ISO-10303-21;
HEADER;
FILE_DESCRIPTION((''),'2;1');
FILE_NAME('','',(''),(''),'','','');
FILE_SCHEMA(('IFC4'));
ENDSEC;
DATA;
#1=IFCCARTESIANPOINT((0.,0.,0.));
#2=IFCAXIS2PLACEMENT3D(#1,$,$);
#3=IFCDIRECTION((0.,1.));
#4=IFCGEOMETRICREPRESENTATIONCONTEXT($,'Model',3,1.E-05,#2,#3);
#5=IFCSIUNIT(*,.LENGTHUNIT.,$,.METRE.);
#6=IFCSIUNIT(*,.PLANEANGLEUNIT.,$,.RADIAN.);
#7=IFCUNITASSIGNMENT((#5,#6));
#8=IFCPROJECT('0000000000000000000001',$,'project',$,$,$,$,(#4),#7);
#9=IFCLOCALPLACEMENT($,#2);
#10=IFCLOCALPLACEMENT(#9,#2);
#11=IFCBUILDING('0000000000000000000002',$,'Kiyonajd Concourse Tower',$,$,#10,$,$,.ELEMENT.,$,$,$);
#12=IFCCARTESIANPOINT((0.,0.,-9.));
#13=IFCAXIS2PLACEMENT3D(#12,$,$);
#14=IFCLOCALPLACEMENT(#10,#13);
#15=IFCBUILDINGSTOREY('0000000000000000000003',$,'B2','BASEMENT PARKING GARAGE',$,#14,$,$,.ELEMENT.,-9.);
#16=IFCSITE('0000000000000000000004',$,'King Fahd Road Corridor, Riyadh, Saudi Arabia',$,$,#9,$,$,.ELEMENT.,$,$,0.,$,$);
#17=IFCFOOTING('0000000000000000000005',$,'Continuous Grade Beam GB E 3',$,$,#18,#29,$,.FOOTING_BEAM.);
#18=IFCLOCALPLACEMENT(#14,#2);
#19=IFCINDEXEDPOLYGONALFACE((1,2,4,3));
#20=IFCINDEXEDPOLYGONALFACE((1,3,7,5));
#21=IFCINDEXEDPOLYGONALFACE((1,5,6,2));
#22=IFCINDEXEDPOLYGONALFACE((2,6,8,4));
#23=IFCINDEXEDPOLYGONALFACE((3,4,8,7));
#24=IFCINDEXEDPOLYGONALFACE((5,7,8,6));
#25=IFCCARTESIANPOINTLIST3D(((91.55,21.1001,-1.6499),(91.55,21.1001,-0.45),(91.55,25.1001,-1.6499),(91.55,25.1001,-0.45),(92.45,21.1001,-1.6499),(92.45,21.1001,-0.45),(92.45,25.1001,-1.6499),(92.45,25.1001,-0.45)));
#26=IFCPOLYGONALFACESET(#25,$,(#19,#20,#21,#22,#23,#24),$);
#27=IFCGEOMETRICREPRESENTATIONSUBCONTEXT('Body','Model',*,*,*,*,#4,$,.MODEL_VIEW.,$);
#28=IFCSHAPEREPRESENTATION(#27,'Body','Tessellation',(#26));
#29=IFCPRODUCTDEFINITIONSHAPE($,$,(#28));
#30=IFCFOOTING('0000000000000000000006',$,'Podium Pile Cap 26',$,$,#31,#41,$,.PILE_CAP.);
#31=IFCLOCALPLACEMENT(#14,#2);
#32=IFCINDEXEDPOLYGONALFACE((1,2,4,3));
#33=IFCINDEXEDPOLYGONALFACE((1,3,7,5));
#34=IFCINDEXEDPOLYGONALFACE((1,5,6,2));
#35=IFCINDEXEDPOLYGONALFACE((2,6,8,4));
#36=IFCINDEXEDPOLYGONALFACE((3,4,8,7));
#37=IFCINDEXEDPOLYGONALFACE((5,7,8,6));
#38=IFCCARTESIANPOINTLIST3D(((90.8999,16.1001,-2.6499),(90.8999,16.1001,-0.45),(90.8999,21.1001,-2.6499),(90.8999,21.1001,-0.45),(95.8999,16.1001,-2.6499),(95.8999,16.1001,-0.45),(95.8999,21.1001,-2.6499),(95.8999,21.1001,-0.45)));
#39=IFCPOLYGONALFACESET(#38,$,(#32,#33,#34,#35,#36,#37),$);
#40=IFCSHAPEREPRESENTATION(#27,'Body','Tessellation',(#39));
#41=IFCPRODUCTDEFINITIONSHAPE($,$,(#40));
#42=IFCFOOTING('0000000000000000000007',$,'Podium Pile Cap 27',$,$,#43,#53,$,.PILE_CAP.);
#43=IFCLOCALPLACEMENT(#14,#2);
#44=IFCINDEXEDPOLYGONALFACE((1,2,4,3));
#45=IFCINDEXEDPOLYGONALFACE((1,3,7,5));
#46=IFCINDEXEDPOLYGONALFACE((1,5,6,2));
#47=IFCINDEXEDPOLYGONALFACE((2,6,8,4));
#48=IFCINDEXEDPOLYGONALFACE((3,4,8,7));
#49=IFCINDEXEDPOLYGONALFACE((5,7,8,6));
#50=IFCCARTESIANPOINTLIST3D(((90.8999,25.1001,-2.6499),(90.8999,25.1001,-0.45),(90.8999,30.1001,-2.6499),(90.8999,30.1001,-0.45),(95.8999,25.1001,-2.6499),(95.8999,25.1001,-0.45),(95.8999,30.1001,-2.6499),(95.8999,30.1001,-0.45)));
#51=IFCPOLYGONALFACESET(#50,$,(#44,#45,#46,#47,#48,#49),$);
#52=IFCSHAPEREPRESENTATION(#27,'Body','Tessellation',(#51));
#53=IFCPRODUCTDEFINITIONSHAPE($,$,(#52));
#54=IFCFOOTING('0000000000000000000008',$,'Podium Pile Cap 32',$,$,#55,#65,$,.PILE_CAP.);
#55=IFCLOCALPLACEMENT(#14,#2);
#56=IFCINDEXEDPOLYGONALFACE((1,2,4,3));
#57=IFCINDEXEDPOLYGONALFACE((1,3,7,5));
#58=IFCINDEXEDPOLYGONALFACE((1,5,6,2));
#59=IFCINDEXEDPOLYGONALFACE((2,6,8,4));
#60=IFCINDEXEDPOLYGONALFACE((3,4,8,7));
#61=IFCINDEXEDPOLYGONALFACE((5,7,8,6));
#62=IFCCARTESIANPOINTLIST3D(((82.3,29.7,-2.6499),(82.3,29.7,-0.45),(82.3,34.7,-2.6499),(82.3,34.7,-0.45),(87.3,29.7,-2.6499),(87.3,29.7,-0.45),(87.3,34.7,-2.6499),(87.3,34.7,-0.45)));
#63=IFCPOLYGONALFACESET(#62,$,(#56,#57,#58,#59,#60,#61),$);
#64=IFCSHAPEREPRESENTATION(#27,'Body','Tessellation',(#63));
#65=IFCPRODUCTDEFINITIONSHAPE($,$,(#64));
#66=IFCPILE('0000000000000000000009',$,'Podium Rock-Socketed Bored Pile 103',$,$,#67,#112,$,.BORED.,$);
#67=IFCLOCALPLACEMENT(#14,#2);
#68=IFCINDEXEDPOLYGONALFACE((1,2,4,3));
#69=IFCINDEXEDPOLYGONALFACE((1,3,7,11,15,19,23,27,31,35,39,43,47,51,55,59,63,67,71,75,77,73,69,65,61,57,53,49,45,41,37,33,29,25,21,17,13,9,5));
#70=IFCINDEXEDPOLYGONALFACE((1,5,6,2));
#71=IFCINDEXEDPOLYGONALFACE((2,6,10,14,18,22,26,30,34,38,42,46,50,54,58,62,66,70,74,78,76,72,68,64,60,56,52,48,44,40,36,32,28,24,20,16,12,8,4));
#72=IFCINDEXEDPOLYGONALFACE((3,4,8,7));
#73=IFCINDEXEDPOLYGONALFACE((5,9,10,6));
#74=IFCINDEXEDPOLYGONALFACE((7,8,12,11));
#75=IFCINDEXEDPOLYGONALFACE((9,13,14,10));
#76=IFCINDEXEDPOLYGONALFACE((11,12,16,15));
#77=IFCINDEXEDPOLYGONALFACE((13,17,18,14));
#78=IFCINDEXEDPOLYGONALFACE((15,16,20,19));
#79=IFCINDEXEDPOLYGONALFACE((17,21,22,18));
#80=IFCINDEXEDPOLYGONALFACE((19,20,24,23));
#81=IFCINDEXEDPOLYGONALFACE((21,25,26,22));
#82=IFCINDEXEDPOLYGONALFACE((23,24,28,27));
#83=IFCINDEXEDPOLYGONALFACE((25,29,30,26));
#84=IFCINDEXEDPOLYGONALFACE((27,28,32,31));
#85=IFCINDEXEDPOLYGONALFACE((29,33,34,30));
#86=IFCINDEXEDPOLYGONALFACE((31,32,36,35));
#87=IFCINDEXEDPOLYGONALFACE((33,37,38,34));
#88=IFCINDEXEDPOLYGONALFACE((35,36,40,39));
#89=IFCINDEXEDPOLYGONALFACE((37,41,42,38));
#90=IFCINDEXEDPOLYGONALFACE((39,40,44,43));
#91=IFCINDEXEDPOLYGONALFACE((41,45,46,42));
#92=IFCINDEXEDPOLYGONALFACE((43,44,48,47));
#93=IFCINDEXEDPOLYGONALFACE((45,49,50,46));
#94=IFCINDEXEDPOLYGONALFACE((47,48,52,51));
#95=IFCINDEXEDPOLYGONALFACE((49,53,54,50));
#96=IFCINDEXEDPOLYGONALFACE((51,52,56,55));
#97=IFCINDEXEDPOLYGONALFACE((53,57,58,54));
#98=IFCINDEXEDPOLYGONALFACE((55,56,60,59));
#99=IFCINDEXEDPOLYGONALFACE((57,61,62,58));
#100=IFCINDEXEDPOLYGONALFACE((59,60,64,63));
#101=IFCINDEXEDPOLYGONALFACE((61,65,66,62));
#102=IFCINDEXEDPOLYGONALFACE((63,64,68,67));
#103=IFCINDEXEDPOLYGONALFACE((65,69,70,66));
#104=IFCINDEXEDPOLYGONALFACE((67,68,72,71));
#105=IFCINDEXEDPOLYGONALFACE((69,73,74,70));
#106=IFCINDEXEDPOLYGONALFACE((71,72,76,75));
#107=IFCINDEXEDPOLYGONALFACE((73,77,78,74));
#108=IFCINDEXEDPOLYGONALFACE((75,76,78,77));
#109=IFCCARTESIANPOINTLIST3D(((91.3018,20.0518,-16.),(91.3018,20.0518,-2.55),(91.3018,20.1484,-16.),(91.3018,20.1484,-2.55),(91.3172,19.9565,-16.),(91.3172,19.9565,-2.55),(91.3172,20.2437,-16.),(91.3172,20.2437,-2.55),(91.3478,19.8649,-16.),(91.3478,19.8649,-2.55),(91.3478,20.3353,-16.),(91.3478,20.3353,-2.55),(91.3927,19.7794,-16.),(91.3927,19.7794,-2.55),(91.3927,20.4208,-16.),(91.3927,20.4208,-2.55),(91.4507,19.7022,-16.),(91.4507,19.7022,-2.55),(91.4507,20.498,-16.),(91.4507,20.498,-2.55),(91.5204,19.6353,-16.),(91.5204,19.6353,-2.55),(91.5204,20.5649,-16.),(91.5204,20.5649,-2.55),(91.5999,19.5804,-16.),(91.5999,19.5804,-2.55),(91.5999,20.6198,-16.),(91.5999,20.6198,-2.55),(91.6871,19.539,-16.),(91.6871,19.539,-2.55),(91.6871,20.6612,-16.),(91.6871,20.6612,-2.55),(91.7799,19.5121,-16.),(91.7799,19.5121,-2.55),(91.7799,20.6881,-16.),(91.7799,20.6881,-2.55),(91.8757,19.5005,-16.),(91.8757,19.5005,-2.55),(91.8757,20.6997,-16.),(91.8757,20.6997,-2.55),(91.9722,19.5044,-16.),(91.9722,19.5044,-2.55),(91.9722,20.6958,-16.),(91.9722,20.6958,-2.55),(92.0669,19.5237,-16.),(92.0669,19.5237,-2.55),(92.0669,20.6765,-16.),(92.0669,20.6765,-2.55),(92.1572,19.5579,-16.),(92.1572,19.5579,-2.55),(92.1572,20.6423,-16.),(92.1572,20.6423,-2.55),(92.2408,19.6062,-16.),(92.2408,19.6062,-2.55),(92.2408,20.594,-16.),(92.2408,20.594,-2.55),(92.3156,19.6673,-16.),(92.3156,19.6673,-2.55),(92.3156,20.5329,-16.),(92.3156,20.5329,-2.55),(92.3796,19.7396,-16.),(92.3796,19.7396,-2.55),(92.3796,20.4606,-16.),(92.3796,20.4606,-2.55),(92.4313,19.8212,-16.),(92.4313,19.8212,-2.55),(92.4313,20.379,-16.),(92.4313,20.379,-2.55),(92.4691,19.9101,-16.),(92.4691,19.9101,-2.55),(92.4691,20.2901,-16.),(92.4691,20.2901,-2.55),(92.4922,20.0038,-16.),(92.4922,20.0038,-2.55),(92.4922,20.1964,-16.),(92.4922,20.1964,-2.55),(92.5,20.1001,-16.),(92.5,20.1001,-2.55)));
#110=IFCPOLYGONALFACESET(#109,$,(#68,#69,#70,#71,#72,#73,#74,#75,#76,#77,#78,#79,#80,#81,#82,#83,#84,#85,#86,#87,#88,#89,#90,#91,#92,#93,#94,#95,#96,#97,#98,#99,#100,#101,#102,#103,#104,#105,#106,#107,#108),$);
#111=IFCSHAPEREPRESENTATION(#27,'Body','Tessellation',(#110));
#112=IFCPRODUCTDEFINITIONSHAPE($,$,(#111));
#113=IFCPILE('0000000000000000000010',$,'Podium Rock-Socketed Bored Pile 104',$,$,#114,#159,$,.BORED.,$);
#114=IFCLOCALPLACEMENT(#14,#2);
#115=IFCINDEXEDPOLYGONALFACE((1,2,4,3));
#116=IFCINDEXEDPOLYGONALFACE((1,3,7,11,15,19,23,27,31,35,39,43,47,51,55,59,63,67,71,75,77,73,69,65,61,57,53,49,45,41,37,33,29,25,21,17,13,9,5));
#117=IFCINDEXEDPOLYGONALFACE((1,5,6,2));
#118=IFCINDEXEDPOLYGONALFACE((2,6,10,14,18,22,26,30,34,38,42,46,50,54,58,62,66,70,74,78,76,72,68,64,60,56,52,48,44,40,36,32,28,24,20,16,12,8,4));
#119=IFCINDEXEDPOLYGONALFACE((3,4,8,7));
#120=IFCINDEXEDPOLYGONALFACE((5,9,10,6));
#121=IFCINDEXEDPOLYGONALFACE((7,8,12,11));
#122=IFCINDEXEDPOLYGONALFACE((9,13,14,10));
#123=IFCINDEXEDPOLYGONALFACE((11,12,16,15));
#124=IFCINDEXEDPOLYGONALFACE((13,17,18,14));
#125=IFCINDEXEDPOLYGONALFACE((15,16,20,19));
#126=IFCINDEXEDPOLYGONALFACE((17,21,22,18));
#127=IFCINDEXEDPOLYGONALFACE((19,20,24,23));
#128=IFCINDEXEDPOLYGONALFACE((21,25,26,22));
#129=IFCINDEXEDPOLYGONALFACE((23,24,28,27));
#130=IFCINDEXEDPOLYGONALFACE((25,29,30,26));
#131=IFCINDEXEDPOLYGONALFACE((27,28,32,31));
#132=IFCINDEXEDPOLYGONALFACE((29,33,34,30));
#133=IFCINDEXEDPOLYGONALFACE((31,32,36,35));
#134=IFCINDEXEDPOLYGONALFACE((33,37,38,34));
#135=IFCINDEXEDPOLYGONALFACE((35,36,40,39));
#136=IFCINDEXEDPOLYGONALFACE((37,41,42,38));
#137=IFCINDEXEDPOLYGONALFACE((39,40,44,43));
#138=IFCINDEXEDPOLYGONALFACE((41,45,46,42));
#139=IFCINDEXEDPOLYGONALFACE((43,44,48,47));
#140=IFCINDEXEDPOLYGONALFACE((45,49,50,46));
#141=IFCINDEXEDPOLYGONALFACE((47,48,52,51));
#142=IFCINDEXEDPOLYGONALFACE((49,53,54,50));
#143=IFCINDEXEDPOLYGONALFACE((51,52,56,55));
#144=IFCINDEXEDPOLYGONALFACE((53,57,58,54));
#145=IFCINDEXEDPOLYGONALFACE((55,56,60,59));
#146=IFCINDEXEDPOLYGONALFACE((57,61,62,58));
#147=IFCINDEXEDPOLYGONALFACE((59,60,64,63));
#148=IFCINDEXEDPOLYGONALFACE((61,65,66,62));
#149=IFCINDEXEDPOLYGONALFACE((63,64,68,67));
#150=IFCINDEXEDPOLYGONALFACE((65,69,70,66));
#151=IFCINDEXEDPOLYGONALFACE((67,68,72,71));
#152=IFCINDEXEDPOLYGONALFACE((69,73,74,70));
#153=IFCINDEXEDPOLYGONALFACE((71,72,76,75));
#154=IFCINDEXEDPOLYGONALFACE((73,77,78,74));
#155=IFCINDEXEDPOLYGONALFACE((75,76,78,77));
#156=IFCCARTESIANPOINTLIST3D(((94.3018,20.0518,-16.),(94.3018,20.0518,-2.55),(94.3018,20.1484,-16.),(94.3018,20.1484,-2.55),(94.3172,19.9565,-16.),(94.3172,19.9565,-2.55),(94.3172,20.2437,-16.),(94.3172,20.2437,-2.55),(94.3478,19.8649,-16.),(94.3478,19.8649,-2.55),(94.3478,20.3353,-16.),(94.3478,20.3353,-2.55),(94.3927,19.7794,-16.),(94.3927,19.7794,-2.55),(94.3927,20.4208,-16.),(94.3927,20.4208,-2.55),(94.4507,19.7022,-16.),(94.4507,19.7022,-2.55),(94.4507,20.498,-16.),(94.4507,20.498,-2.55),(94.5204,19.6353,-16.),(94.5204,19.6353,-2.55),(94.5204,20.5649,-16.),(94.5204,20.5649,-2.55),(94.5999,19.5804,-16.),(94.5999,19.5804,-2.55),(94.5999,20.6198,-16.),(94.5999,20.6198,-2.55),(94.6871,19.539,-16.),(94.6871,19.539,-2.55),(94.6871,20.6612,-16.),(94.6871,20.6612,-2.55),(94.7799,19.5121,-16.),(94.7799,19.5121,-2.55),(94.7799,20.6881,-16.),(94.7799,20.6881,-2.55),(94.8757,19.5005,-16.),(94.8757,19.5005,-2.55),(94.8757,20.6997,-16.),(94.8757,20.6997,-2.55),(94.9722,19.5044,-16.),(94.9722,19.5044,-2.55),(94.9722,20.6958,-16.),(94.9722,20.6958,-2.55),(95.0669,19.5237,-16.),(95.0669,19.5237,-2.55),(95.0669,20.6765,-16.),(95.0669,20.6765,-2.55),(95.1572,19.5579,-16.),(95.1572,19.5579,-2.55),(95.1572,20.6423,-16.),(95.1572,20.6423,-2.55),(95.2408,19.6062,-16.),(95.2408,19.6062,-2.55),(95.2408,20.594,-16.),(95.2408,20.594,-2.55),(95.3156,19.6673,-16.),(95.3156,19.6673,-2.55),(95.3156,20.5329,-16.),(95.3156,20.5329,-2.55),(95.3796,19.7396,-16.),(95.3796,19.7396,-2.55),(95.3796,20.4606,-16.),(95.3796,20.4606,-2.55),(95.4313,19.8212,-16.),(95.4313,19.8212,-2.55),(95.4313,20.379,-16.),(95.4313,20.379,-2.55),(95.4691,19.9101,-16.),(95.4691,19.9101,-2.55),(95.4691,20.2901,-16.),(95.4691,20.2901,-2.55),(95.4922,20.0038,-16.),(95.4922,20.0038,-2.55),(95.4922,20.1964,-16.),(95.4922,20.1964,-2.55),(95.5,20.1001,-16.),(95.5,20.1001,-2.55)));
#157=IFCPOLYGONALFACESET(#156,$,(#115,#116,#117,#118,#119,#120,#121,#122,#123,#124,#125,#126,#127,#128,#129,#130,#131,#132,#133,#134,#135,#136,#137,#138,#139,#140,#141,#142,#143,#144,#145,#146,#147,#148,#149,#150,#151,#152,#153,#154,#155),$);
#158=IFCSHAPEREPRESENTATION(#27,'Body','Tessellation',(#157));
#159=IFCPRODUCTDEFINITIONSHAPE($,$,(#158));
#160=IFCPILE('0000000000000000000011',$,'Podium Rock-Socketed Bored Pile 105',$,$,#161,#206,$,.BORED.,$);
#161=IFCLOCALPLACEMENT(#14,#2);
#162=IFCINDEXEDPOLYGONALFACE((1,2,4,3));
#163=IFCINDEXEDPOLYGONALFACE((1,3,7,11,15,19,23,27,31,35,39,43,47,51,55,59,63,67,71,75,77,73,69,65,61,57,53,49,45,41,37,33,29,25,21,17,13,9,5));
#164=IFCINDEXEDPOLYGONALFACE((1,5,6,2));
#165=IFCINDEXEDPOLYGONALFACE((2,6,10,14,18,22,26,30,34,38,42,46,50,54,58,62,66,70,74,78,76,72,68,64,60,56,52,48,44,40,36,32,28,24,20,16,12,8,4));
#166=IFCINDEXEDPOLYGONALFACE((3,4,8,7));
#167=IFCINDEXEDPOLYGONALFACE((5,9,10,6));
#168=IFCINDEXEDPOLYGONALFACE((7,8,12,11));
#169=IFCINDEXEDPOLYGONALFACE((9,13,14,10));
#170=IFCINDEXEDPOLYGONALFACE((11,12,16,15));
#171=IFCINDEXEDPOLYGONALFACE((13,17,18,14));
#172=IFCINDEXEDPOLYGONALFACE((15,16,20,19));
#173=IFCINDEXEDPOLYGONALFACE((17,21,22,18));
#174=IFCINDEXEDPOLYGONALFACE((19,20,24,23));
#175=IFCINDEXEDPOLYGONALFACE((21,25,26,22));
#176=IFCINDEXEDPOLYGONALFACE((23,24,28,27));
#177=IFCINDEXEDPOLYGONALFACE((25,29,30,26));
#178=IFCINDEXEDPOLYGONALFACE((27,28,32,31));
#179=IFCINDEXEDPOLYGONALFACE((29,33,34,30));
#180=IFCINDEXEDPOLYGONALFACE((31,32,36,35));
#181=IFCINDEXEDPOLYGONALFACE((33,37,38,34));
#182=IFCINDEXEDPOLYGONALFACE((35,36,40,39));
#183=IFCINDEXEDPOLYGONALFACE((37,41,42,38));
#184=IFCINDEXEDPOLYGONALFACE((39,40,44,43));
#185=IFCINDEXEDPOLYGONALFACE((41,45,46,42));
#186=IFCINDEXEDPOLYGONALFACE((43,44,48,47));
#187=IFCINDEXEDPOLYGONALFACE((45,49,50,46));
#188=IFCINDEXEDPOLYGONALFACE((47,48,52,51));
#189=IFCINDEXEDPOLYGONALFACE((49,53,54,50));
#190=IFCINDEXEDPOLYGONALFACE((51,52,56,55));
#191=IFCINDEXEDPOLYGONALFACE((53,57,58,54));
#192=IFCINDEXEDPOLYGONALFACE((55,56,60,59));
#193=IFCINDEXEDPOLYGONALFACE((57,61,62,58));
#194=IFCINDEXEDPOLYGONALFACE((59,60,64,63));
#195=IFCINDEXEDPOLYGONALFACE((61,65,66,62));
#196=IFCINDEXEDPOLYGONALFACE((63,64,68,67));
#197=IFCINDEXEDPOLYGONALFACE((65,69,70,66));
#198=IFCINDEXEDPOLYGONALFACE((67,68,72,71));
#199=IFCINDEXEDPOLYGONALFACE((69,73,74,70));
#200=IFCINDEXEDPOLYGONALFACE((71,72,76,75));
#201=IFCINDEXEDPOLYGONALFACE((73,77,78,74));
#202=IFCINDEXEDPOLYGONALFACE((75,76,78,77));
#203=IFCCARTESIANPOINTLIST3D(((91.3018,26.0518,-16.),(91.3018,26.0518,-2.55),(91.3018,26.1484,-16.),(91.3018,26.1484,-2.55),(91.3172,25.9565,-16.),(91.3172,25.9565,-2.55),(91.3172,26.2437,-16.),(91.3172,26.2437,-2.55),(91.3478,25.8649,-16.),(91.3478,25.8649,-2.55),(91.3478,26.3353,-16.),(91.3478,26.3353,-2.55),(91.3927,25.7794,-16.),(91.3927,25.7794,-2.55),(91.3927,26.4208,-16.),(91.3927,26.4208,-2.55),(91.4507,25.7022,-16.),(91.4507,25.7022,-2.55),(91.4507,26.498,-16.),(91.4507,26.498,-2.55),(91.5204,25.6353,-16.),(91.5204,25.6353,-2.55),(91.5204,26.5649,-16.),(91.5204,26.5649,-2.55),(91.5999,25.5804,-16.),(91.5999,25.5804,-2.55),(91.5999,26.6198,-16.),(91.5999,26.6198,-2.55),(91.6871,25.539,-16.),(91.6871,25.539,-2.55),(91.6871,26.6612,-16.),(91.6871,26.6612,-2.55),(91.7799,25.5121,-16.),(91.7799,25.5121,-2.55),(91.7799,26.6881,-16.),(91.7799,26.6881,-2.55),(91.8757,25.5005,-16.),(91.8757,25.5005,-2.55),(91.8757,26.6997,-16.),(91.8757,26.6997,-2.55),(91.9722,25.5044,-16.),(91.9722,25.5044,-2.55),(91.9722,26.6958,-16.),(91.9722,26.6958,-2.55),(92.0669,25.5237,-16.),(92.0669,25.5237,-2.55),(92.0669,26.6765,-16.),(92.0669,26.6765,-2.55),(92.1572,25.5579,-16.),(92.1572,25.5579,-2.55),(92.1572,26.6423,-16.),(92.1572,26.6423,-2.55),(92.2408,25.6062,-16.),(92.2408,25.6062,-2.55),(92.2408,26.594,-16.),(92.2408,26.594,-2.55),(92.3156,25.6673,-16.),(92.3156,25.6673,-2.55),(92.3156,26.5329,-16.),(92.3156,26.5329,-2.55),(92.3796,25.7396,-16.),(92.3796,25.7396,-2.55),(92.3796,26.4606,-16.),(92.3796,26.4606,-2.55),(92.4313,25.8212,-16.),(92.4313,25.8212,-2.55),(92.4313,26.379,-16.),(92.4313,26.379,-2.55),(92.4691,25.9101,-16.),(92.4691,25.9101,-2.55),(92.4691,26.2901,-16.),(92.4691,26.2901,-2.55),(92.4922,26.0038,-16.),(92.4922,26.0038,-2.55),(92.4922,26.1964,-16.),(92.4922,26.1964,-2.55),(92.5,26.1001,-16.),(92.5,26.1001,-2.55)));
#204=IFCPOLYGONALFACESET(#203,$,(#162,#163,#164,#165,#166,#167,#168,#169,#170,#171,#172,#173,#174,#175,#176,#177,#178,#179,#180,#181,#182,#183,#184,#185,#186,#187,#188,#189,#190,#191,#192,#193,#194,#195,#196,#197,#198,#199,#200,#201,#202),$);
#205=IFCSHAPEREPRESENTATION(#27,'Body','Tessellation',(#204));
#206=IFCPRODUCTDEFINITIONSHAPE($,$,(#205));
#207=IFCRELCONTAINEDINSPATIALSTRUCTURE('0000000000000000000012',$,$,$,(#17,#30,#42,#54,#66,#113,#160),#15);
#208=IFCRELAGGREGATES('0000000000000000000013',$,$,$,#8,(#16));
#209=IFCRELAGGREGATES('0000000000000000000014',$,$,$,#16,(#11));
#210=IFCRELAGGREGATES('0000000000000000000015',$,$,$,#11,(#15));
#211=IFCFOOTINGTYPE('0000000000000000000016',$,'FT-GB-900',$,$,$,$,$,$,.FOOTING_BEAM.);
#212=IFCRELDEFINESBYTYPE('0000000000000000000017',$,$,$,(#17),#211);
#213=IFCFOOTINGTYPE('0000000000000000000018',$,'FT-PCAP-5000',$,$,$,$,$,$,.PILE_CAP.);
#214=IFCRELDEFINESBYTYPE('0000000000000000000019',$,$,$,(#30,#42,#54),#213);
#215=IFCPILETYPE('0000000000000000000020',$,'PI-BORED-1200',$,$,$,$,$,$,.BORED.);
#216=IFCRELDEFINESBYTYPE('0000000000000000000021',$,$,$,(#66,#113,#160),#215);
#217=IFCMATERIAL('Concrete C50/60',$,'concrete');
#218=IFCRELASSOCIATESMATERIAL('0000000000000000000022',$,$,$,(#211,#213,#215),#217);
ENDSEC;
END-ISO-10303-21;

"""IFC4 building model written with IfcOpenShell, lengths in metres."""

from ifc_helpers import new_model, si_unit, direction, frame, origin, origin_2d, place, context, subcontext, project, spatial, rectangle, circle, extrude, material, material_profile, profile_set, type_object, element, save


model = new_model("IFC4")

# Units and contexts
model_context = context("Model", 3, precision=1e-05, world=origin(), true_north=direction((0.0, 1.0)))
body_context = subcontext(model_context, "Body", "Model", "MODEL_VIEW")
ifc_project = project(units=[si_unit("LENGTHUNIT", "METRE"), si_unit("PLANEANGLEUNIT", "RADIAN")], contexts=[model_context])

# Site, building, storey
site_placement = place(None, origin())
site = spatial("IfcSite", under=ifc_project, at=site_placement, Name="King Fahd Road Corridor, Riyadh, Saudi Arabia", CompositionType="ELEMENT", RefElevation=0.0)
building_placement = place(site_placement, origin())
building = spatial("IfcBuilding", under=site, at=building_placement, Name="Kiyonajd Concourse Tower", CompositionType="ELEMENT")
storey_placement = place(building_placement, frame((0.0, 0.0, -9.0)))
storey = spatial("IfcBuildingStorey", under=building, at=storey_placement, Name="B2", Description="BASEMENT PARKING GARAGE", CompositionType="ELEMENT", Elevation=-9.0)

# Footings
ifc_material_1 = material(Name="Concrete C50/60", Category="concrete")
footing_type_1 = type_object("IfcFootingType", Name="FT-GB-900", PredefinedType="FOOTING_BEAM", material=ifc_material_1)
footing_placement = place(storey_placement, frame((92.0, 23.1001, -1.6499), z_axis=(0.0, 0.0, 1.0), x_axis=(0.0, 1.0, 0.0)))
element("IfcFooting", 1, at=footing_placement, inside=storey, type_object=footing_type_1, Name="Continuous Grade Beam GB E 3", PredefinedType="FOOTING_BEAM", context=body_context, shape_type="SweptSolid", body=[
    extrude(rectangle(XDim=4.0, YDim=0.8999, at=origin_2d()), origin(), (0.0, 0.0, 1.0), 1.2),
])
footing_type_2 = type_object("IfcFootingType", Name="FT-PCAP-5000", PredefinedType="PILE_CAP", material=ifc_material_1)
for number, where, z_axis, x_axis, name in (
    (2, (93.3999, 18.6001, -2.6499), (0.0, 0.0, 1.0), (1.0, 0.0, 0.0), "Podium Pile Cap 26"),
    (3, (93.3999, 27.6001, -2.6499), (0.0, 0.0, 1.0), (1.0, 0.0, 0.0), "Podium Pile Cap 27"),
    (4, (84.8, 32.2, -2.6499), (0.0, 0.0, 1.0), (1.0, 0.0, 0.0), "Podium Pile Cap 32"),
):
    element("IfcFooting", number, at=place(storey_placement, frame(where, z_axis=z_axis, x_axis=x_axis)), inside=storey, type_object=footing_type_2, Name=name, PredefinedType="PILE_CAP", context=body_context, shape_type="SweptSolid", body=[
        extrude(rectangle(XDim=5.0, YDim=5.0, at=origin_2d()), origin(), (0.0, 0.0, 1.0), 2.2),
    ])

# Piles
ifc_material_profile_1 = material_profile(ifc_material_1, circle(Radius=0.6001, at=origin_2d()), Name="PILE-D1200")
ifc_profile_set_1 = profile_set([ifc_material_profile_1], Name="Concrete C50/60")
pile_type = type_object("IfcPileType", Name="PI-BORED-1200", PredefinedType="BORED", material=ifc_profile_set_1)
for number, where, z_axis, x_axis, name in (
    (5, (91.8999, 20.1001, -2.55), (0.0, 0.0, -1.0), (1.0, 0.0, 0.0), "Podium Rock-Socketed Bored Pile 103"),
    (6, (94.8999, 20.1001, -2.55), (0.0, 0.0, -1.0), (1.0, 0.0, 0.0), "Podium Rock-Socketed Bored Pile 104"),
    (7, (91.8999, 26.1001, -2.55), (0.0, 0.0, -1.0), (1.0, 0.0, 0.0), "Podium Rock-Socketed Bored Pile 105"),
):
    element("IfcPile", number, at=place(storey_placement, frame(where, z_axis=z_axis, x_axis=x_axis)), inside=storey, type_object=pile_type, Name=name, PredefinedType="BORED", context=body_context, shape_type="SweptSolid", body=[
        extrude(circle(Radius=0.6001, at=origin_2d()), origin(), (0.0, 0.0, 1.0), 13.45),
    ])

save(model, "model.ifc")
